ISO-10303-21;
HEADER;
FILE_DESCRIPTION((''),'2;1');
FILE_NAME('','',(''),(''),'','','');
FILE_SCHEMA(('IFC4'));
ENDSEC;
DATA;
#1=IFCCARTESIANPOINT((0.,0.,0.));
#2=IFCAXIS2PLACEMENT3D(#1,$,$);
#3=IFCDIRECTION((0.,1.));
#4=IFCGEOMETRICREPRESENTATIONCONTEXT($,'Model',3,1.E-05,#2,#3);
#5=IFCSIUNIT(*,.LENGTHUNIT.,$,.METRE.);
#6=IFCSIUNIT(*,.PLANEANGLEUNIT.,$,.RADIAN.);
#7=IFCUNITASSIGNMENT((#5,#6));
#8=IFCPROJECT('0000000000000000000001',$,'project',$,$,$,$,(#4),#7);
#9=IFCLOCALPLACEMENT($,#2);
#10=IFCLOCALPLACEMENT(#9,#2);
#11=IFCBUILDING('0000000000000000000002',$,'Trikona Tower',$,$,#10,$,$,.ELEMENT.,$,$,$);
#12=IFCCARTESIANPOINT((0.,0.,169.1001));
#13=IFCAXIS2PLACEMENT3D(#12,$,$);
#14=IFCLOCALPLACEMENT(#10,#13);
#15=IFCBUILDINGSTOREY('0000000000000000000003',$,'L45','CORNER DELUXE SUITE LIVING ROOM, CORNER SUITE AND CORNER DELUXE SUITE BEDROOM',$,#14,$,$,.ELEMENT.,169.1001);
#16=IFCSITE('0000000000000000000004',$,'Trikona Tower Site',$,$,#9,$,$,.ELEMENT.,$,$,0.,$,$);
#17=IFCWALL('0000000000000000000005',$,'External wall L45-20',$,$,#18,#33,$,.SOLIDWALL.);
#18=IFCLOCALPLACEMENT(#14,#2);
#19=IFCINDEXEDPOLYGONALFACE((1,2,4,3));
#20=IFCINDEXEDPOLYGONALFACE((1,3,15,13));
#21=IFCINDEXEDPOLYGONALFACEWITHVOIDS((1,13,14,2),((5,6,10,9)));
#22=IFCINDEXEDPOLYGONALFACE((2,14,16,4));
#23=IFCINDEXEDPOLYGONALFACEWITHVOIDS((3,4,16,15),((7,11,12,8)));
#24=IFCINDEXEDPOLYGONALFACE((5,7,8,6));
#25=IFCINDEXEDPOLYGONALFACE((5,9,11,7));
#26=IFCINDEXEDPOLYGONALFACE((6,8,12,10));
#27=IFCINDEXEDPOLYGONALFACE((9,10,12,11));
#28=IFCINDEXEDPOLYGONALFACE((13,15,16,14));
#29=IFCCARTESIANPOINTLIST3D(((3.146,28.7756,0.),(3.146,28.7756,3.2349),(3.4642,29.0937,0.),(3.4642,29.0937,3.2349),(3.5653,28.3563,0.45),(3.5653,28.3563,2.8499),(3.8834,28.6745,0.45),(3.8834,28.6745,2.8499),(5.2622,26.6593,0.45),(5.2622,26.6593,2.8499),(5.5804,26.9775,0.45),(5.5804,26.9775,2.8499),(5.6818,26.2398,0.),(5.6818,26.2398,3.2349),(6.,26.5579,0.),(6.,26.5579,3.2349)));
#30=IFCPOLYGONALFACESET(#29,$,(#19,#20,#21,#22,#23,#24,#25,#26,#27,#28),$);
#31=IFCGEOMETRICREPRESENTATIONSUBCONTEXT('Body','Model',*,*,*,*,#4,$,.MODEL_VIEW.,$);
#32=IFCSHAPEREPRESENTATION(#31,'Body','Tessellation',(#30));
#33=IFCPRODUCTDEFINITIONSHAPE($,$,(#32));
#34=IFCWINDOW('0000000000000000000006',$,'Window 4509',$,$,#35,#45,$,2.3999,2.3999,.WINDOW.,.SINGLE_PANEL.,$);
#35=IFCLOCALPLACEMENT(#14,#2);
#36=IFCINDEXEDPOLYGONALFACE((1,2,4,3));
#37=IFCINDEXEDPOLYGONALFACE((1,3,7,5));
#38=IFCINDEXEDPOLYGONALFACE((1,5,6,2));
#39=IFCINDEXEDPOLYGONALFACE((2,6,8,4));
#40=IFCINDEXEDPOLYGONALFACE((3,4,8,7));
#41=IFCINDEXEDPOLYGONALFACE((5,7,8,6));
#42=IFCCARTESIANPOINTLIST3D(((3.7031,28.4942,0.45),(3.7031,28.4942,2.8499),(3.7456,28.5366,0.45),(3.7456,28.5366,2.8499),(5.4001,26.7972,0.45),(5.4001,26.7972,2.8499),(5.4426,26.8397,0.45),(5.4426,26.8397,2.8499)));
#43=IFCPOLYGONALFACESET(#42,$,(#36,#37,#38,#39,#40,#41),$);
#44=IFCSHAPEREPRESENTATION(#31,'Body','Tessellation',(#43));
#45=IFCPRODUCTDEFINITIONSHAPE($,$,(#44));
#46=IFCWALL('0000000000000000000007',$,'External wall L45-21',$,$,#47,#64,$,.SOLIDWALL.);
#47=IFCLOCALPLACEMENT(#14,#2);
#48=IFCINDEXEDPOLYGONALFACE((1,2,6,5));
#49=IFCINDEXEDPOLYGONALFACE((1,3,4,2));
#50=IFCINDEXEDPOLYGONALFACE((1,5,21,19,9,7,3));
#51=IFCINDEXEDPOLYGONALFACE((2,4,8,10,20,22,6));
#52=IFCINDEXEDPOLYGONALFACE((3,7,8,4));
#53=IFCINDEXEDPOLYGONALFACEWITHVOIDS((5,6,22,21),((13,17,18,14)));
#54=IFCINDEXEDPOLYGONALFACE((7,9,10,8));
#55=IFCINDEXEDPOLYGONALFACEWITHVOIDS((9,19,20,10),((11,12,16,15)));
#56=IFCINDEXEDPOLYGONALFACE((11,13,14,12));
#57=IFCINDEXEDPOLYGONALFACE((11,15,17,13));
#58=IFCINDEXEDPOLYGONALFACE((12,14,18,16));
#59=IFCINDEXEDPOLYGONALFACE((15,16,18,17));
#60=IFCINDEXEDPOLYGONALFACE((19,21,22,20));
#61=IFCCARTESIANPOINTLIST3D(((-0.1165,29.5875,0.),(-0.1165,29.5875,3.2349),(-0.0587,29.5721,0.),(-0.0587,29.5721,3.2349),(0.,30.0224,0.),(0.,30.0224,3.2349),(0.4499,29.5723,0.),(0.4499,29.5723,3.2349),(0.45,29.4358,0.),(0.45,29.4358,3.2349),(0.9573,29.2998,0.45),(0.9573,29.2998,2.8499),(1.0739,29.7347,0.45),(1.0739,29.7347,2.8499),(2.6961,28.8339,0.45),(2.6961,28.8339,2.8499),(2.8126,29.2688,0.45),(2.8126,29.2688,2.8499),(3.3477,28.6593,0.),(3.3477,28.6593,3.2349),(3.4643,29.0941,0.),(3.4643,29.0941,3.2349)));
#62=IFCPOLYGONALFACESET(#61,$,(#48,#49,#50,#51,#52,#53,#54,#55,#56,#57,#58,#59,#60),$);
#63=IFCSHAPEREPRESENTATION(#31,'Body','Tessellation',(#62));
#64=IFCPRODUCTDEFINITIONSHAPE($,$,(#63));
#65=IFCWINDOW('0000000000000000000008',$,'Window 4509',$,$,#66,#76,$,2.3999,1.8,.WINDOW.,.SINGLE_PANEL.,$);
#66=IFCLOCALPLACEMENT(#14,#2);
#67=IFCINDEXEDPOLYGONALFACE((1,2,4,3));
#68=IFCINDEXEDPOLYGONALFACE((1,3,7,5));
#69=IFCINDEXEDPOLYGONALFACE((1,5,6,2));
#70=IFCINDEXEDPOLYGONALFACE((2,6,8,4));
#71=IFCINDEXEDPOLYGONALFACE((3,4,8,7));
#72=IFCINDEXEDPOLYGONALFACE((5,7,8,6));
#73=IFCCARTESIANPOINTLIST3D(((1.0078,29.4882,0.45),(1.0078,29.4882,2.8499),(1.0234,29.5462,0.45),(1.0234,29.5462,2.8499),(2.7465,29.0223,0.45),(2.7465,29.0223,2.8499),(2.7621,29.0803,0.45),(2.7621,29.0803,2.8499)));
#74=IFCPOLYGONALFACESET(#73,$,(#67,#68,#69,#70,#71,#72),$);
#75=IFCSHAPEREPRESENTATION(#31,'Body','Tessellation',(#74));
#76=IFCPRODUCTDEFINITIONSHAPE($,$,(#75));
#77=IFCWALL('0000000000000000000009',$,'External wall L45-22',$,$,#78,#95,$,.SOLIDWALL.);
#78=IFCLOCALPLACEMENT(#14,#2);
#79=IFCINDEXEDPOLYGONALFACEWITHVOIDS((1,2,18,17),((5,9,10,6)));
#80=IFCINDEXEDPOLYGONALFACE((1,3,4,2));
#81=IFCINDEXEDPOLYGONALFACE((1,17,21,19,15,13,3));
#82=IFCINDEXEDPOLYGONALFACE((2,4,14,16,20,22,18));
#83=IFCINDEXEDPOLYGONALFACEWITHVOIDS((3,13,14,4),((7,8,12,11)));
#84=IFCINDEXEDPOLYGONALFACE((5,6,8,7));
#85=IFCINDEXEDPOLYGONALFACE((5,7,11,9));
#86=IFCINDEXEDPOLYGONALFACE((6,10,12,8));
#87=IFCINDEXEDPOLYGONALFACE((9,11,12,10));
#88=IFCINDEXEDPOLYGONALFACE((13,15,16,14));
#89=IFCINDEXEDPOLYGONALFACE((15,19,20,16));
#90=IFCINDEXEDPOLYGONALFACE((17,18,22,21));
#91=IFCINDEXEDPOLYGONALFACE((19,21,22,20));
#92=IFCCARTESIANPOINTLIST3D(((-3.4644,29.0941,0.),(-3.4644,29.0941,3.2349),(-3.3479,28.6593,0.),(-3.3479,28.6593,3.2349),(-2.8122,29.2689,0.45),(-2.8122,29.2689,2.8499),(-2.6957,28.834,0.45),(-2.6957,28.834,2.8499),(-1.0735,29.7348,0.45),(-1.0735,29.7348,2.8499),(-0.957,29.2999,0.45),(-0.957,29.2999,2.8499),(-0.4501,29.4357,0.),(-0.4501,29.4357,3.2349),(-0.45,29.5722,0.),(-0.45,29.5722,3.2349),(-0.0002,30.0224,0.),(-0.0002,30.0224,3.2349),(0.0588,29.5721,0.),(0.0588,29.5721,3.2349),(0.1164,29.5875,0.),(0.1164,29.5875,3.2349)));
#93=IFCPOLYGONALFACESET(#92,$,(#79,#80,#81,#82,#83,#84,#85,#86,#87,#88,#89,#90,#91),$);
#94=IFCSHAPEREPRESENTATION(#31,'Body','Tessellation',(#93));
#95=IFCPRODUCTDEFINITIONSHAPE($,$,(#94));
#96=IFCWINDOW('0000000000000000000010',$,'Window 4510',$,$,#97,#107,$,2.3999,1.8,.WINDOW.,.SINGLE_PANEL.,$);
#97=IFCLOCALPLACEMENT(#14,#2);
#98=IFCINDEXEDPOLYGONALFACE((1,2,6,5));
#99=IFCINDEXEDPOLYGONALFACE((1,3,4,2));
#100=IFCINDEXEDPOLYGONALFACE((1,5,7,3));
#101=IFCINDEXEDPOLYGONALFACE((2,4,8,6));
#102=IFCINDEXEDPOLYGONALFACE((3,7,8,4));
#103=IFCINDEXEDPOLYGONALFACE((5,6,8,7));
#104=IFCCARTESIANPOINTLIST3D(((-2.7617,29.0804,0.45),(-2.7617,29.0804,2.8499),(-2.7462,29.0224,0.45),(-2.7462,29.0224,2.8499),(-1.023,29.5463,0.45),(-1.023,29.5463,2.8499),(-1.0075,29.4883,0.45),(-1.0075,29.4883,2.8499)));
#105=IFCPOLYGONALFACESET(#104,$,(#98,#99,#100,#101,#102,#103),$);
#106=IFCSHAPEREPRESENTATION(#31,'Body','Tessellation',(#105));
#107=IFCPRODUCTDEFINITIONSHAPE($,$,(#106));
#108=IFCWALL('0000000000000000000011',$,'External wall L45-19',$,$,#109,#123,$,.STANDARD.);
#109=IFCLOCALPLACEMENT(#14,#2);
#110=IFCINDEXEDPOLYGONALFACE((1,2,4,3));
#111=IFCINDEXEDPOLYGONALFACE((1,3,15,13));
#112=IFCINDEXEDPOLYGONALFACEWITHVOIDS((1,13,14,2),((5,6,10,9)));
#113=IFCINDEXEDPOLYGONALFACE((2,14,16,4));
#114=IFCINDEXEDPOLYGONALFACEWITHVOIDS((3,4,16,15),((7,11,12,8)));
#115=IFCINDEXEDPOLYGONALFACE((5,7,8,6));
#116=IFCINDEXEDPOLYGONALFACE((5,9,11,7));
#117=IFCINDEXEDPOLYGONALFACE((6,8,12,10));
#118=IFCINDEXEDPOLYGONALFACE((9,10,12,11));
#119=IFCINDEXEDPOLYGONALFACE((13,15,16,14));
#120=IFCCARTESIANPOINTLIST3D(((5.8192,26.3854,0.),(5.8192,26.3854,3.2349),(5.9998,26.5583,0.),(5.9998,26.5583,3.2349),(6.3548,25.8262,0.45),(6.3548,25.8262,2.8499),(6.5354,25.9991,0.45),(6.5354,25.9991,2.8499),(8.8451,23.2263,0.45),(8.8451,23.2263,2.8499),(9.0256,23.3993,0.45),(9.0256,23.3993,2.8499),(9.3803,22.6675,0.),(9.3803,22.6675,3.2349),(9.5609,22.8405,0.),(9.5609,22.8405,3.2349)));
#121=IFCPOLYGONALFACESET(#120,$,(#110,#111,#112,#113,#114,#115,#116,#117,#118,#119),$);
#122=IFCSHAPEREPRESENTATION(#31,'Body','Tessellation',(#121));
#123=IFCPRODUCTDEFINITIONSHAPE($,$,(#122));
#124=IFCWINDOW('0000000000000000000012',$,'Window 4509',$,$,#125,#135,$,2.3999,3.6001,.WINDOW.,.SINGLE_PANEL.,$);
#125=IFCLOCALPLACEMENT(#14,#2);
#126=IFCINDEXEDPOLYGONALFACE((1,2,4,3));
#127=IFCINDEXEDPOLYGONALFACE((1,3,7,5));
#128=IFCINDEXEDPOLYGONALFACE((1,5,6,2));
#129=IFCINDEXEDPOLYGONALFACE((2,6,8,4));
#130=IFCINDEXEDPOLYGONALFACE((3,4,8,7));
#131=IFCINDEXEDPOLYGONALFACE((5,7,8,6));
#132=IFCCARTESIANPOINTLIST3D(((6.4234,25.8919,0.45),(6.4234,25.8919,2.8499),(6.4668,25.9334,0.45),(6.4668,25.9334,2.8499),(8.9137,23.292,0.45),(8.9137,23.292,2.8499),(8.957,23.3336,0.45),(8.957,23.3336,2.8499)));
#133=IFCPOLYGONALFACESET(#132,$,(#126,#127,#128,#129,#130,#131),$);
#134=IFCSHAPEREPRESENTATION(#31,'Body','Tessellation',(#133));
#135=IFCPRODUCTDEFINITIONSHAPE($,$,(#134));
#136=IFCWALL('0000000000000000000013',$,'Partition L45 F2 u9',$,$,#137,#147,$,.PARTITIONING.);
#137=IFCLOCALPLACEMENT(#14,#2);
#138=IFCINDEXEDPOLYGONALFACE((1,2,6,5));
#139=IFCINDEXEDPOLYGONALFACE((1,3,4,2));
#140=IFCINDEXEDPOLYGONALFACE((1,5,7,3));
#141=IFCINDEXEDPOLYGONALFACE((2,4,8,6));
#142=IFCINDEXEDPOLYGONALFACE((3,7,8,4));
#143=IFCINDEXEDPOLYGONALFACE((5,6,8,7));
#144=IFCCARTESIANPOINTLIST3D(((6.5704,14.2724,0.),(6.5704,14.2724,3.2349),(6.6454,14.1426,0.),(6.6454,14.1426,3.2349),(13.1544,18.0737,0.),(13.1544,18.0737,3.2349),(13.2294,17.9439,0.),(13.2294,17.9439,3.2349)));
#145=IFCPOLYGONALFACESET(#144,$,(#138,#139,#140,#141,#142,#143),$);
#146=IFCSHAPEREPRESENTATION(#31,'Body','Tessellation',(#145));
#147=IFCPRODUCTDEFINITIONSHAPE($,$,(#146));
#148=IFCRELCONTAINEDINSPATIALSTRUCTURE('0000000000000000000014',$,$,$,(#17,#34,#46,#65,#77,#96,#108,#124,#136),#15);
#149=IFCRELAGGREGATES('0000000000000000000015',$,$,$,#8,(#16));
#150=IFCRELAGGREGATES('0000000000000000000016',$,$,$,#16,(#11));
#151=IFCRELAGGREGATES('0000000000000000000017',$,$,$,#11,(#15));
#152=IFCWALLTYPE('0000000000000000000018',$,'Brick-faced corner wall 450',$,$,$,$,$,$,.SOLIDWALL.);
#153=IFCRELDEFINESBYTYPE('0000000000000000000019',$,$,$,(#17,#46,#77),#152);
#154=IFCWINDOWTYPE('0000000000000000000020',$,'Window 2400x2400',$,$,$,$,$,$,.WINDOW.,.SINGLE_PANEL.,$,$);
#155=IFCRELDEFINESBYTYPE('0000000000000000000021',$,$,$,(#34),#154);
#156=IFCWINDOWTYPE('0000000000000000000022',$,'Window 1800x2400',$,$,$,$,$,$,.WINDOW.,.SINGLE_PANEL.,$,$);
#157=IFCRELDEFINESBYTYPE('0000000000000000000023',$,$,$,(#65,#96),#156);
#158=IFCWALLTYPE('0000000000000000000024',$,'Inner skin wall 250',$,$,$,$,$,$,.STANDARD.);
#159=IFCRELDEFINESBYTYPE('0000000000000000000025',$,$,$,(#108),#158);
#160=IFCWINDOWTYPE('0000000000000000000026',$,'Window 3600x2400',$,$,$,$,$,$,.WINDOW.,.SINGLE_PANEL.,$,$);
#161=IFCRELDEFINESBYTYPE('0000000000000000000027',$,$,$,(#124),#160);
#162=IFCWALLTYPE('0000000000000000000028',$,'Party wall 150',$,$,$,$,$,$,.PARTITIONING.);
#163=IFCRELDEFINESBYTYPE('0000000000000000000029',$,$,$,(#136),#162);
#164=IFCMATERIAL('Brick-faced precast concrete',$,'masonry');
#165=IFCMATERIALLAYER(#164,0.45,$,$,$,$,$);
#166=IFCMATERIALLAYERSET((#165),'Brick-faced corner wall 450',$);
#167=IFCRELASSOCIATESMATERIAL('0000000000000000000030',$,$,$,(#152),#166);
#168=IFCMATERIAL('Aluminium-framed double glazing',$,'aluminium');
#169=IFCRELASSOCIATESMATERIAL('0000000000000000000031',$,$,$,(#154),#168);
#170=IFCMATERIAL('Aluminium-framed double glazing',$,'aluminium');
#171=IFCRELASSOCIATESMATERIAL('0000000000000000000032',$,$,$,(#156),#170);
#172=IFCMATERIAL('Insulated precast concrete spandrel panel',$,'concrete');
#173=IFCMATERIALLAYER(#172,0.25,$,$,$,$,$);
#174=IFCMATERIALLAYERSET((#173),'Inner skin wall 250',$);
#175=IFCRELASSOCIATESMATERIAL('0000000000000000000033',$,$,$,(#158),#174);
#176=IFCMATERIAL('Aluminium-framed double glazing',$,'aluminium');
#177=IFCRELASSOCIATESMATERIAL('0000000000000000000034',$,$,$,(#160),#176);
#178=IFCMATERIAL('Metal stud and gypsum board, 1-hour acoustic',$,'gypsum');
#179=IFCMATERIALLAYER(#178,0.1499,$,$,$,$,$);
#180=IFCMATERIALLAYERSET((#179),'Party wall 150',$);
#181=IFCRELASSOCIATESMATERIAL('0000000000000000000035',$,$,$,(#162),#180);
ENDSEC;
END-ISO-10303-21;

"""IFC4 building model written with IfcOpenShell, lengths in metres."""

from ifc_helpers import new_model, si_unit, direction, frame, frame_2d, origin, place, context, subcontext, project, spatial, polyline, rectangle, outline, extrude, material, layer, layer_set, type_object, element, fill, save


model = new_model("IFC4")

# Units and contexts
model_context = context("Model", 3, precision=1e-05, world=origin(), true_north=direction((0.0, 1.0)))
body_context = subcontext(model_context, "Body", "Model", "MODEL_VIEW")
ifc_project = project(units=[si_unit("LENGTHUNIT", "METRE"), si_unit("PLANEANGLEUNIT", "RADIAN")], contexts=[model_context])

# Site, building, storey
site_placement = place(None, origin())
site = spatial("IfcSite", under=ifc_project, at=site_placement, Name="Trikona Tower Site", CompositionType="ELEMENT", RefElevation=0.0)
building_placement = place(site_placement, origin())
building = spatial("IfcBuilding", under=site, at=building_placement, Name="Trikona Tower", CompositionType="ELEMENT")
storey_placement = place(building_placement, frame((0.0, 0.0, 169.1001)))
storey = spatial("IfcBuildingStorey", under=building, at=storey_placement, Name="L45", Description="CORNER DELUXE SUITE LIVING ROOM, CORNER SUITE AND CORNER DELUXE SUITE BEDROOM", CompositionType="ELEMENT", Elevation=169.1001)

# Walls, openings, windows
ifc_material_1 = material(Name="Brick-faced precast concrete", Category="masonry")
ifc_layer_1 = layer(ifc_material_1, 0.45)
ifc_layer_set_1 = layer_set([ifc_layer_1], Name="Brick-faced corner wall 450")
wall_type_1 = type_object("IfcWallType", Name="Brick-faced corner wall 450", PredefinedType="SOLIDWALL", material=ifc_layer_set_1)
wall_1_placement = place(storey_placement, frame((5.8408, 26.3989, 0.0), z_axis=(0.0, 0.0, 1.0), x_axis=(-0.707107, 0.707107, 0.0)))
wall_1 = element("IfcWall", 1, at=wall_1_placement, inside=storey, type_object=wall_type_1, Name="External wall L45-20", PredefinedType="SOLIDWALL", context=body_context, shape_type="SweptSolid", body=[
    extrude(rectangle(XDim=3.5862, YDim=0.45, at=frame_2d((1.793, 0.0))), origin(), (0.0, 0.0, 1.0), 3.2349),
])
opening_1_placement = place(wall_1_placement, frame((0.5933, 0.0, 0.45)))
opening_1 = element("IfcOpeningElement", 2, at=opening_1_placement, cuts=wall_1, PredefinedType="OPENING", context=body_context, shape_type="SweptSolid", body=[
    extrude(rectangle(XDim=2.3999, YDim=2.3999, at=frame_2d((1.2, 1.2))), frame((0.0, 0.2349, 0.0), z_axis=(0.0, -1.0, 0.0), x_axis=(1.0, 0.0, 0.0)), (0.0, 0.0, 1.0), 0.47),
])
ifc_material_2 = material(Name="Aluminium-framed double glazing", Category="aluminium")
window_type_1 = type_object("IfcWindowType", Name="Window 2400x2400", PartitioningType="SINGLE_PANEL", PredefinedType="WINDOW", material=ifc_material_2)
window_1_placement = place(opening_1_placement, origin())
window_1 = element("IfcWindow", 3, at=window_1_placement, inside=storey, type_object=window_type_1, Name="Window 4509", OverallHeight=2.3999, OverallWidth=2.3999, PartitioningType="SINGLE_PANEL", PredefinedType="WINDOW", context=body_context, shape_type="SweptSolid", body=[
    extrude(rectangle(XDim=2.3999, YDim=2.3999, at=frame_2d((1.2, 1.2))), frame((0.0, 0.03, 0.0), z_axis=(0.0, -1.0, 0.0), x_axis=(1.0, 0.0, 0.0)), (0.0, 0.0, 1.0), 0.0601),
])
fill(opening_1, window_1)
wall_2_placement = place(storey_placement, frame((3.406, 28.8767, 0.0), z_axis=(0.0, 0.0, 1.0), x_axis=(-0.965925, 0.258823, 0.0)))
wall_2 = element("IfcWall", 4, at=wall_2_placement, inside=storey, type_object=wall_type_1, Name="External wall L45-21", PredefinedType="SOLIDWALL", context=body_context, shape_type="SweptSolid", body=[
    extrude(outline(polyline([(3.5864, 0.2251), (3.5266, 0.2251), (3.0354, 0.0933), (3.0, 0.2251), (0.0, 0.2251), (0.0, -0.2251), (3.5864, -0.2251), (3.5864, 0.2251)])), origin(), (0.0, 0.0, 1.0), 3.2349),
])
opening_2_placement = place(wall_2_placement, frame((0.6748, 0.0, 0.45)))
opening_2 = element("IfcOpeningElement", 5, at=opening_2_placement, cuts=wall_2, PredefinedType="OPENING", context=body_context, shape_type="SweptSolid", body=[
    extrude(rectangle(XDim=1.8, YDim=2.3999, at=frame_2d((0.8999, 1.2))), frame((0.0, 0.2349, 0.0), z_axis=(0.0, -1.0, 0.0), x_axis=(1.0, 0.0, 0.0)), (0.0, 0.0, 1.0), 0.47),
])
ifc_material_3 = material(Name="Aluminium-framed double glazing", Category="aluminium")
window_type_2 = type_object("IfcWindowType", Name="Window 1800x2400", PartitioningType="SINGLE_PANEL", PredefinedType="WINDOW", material=ifc_material_3)
window_2_placement = place(opening_2_placement, origin())
window_2 = element("IfcWindow", 6, at=window_2_placement, inside=storey, type_object=window_type_2, Name="Window 4509", OverallHeight=2.3999, OverallWidth=1.8, PartitioningType="SINGLE_PANEL", PredefinedType="WINDOW", context=body_context, shape_type="SweptSolid", body=[
    extrude(rectangle(XDim=1.8, YDim=2.3999, at=frame_2d((0.8999, 1.2))), frame((0.0, 0.03, 0.0), z_axis=(0.0, -1.0, 0.0), x_axis=(1.0, 0.0, 0.0)), (0.0, 0.0, 1.0), 0.0601),
])
fill(opening_2, window_2)
wall_3_placement = place(storey_placement, frame((0.0581, 29.8049, 0.0), z_axis=(0.0, 0.0, 1.0), x_axis=(-0.965925, -0.258823, 0.0)))
wall_3 = element("IfcWall", 7, at=wall_3_placement, inside=storey, type_object=wall_type_1, Name="External wall L45-22", PredefinedType="SOLIDWALL", context=body_context, shape_type="SweptSolid", body=[
    extrude(outline(polyline([(3.5864, 0.2251), (0.5864, 0.2251), (0.551, 0.0933), (0.0596, 0.2251), (0.0, 0.2251), (0.0, -0.2251), (3.5864, -0.2251), (3.5864, 0.2251)])), origin(), (0.0, 0.0, 1.0), 3.2349),
])
opening_3_placement = place(wall_3_placement, frame((1.1113, 0.0, 0.45)))
opening_3 = element("IfcOpeningElement", 8, at=opening_3_placement, cuts=wall_3, PredefinedType="OPENING", context=body_context, shape_type="SweptSolid", body=[
    extrude(rectangle(XDim=1.8, YDim=2.3999, at=frame_2d((0.8999, 1.2))), frame((0.0, 0.2349, 0.0), z_axis=(0.0, -1.0, 0.0), x_axis=(1.0, 0.0, 0.0)), (0.0, 0.0, 1.0), 0.47),
])
window_3_placement = place(opening_3_placement, origin())
window_3 = element("IfcWindow", 9, at=window_3_placement, inside=storey, type_object=window_type_2, Name="Window 4510", OverallHeight=2.3999, OverallWidth=1.8, PartitioningType="SINGLE_PANEL", PredefinedType="WINDOW", context=body_context, shape_type="SweptSolid", body=[
    extrude(rectangle(XDim=1.8, YDim=2.3999, at=frame_2d((0.8999, 1.2))), frame((0.0, 0.03, 0.0), z_axis=(0.0, -1.0, 0.0), x_axis=(1.0, 0.0, 0.0)), (0.0, 0.0, 1.0), 0.0601),
])
fill(opening_3, window_3)
ifc_material_4 = material(Name="Insulated precast concrete spandrel panel", Category="concrete")
ifc_layer_2 = layer(ifc_material_4, 0.25)
ifc_layer_set_2 = layer_set([ifc_layer_2], Name="Inner skin wall 250")
wall_type_2 = type_object("IfcWallType", Name="Inner skin wall 250", PredefinedType="STANDARD", material=ifc_layer_set_2)
wall_4_placement = place(storey_placement, frame((9.4707, 22.7539, 0.0), z_axis=(0.0, 0.0, 1.0), x_axis=(-0.69172, 0.722166, 0.0)))
wall_4 = element("IfcWall", 10, at=wall_4_placement, inside=storey, type_object=wall_type_2, Name="External wall L45-19", PredefinedType="STANDARD", context=body_context, shape_type="SweptSolid", body=[
    extrude(rectangle(XDim=5.1482, YDim=0.25, at=frame_2d((2.5742, 0.0))), origin(), (0.0, 0.0, 1.0), 3.2349),
])
opening_4_placement = place(wall_4_placement, frame((0.7739, 0.0, 0.45)))
opening_4 = element("IfcOpeningElement", 11, at=opening_4_placement, cuts=wall_4, PredefinedType="OPENING", context=body_context, shape_type="SweptSolid", body=[
    extrude(rectangle(XDim=3.6001, YDim=2.3999, at=frame_2d((1.8, 1.2))), frame((0.0, 0.135, 0.0), z_axis=(0.0, -1.0, 0.0), x_axis=(1.0, 0.0, 0.0)), (0.0, 0.0, 1.0), 0.27),
])
ifc_material_5 = material(Name="Aluminium-framed double glazing", Category="aluminium")
window_type_3 = type_object("IfcWindowType", Name="Window 3600x2400", PartitioningType="SINGLE_PANEL", PredefinedType="WINDOW", material=ifc_material_5)
window_4_placement = place(opening_4_placement, origin())
window_4 = element("IfcWindow", 12, at=window_4_placement, inside=storey, type_object=window_type_3, Name="Window 4509", OverallHeight=2.3999, OverallWidth=3.6001, PartitioningType="SINGLE_PANEL", PredefinedType="WINDOW", context=body_context, shape_type="SweptSolid", body=[
    extrude(rectangle(XDim=3.6001, YDim=2.3999, at=frame_2d((1.8, 1.2))), frame((0.0, 0.03, 0.0), z_axis=(0.0, -1.0, 0.0), x_axis=(1.0, 0.0, 0.0)), (0.0, 0.0, 1.0), 0.0601),
])
fill(opening_4, window_4)

# Wall
ifc_material_6 = material(Name="Metal stud and gypsum board, 1-hour acoustic", Category="gypsum")
ifc_layer_3 = layer(ifc_material_6, 0.1499)
ifc_layer_set_3 = layer_set([ifc_layer_3], Name="Party wall 150")
wall_type_3 = type_object("IfcWallType", Name="Party wall 150", PredefinedType="PARTITIONING", material=ifc_layer_set_3)
wall_5_placement = place(storey_placement, frame((6.6079, 14.2075, 0.0), z_axis=(0.0, 0.0, 1.0), x_axis=(0.866025, 0.5, 0.0)))
element("IfcWall", 13, at=wall_5_placement, inside=storey, type_object=wall_type_3, Name="Partition L45 F2 u9", PredefinedType="PARTITIONING", context=body_context, shape_type="SweptSolid", body=[
    extrude(rectangle(XDim=7.6025, YDim=0.1499, at=frame_2d((3.8013, 0.0))), origin(), (0.0, 0.0, 1.0), 3.2349),
])

save(model, "model.ifc")
